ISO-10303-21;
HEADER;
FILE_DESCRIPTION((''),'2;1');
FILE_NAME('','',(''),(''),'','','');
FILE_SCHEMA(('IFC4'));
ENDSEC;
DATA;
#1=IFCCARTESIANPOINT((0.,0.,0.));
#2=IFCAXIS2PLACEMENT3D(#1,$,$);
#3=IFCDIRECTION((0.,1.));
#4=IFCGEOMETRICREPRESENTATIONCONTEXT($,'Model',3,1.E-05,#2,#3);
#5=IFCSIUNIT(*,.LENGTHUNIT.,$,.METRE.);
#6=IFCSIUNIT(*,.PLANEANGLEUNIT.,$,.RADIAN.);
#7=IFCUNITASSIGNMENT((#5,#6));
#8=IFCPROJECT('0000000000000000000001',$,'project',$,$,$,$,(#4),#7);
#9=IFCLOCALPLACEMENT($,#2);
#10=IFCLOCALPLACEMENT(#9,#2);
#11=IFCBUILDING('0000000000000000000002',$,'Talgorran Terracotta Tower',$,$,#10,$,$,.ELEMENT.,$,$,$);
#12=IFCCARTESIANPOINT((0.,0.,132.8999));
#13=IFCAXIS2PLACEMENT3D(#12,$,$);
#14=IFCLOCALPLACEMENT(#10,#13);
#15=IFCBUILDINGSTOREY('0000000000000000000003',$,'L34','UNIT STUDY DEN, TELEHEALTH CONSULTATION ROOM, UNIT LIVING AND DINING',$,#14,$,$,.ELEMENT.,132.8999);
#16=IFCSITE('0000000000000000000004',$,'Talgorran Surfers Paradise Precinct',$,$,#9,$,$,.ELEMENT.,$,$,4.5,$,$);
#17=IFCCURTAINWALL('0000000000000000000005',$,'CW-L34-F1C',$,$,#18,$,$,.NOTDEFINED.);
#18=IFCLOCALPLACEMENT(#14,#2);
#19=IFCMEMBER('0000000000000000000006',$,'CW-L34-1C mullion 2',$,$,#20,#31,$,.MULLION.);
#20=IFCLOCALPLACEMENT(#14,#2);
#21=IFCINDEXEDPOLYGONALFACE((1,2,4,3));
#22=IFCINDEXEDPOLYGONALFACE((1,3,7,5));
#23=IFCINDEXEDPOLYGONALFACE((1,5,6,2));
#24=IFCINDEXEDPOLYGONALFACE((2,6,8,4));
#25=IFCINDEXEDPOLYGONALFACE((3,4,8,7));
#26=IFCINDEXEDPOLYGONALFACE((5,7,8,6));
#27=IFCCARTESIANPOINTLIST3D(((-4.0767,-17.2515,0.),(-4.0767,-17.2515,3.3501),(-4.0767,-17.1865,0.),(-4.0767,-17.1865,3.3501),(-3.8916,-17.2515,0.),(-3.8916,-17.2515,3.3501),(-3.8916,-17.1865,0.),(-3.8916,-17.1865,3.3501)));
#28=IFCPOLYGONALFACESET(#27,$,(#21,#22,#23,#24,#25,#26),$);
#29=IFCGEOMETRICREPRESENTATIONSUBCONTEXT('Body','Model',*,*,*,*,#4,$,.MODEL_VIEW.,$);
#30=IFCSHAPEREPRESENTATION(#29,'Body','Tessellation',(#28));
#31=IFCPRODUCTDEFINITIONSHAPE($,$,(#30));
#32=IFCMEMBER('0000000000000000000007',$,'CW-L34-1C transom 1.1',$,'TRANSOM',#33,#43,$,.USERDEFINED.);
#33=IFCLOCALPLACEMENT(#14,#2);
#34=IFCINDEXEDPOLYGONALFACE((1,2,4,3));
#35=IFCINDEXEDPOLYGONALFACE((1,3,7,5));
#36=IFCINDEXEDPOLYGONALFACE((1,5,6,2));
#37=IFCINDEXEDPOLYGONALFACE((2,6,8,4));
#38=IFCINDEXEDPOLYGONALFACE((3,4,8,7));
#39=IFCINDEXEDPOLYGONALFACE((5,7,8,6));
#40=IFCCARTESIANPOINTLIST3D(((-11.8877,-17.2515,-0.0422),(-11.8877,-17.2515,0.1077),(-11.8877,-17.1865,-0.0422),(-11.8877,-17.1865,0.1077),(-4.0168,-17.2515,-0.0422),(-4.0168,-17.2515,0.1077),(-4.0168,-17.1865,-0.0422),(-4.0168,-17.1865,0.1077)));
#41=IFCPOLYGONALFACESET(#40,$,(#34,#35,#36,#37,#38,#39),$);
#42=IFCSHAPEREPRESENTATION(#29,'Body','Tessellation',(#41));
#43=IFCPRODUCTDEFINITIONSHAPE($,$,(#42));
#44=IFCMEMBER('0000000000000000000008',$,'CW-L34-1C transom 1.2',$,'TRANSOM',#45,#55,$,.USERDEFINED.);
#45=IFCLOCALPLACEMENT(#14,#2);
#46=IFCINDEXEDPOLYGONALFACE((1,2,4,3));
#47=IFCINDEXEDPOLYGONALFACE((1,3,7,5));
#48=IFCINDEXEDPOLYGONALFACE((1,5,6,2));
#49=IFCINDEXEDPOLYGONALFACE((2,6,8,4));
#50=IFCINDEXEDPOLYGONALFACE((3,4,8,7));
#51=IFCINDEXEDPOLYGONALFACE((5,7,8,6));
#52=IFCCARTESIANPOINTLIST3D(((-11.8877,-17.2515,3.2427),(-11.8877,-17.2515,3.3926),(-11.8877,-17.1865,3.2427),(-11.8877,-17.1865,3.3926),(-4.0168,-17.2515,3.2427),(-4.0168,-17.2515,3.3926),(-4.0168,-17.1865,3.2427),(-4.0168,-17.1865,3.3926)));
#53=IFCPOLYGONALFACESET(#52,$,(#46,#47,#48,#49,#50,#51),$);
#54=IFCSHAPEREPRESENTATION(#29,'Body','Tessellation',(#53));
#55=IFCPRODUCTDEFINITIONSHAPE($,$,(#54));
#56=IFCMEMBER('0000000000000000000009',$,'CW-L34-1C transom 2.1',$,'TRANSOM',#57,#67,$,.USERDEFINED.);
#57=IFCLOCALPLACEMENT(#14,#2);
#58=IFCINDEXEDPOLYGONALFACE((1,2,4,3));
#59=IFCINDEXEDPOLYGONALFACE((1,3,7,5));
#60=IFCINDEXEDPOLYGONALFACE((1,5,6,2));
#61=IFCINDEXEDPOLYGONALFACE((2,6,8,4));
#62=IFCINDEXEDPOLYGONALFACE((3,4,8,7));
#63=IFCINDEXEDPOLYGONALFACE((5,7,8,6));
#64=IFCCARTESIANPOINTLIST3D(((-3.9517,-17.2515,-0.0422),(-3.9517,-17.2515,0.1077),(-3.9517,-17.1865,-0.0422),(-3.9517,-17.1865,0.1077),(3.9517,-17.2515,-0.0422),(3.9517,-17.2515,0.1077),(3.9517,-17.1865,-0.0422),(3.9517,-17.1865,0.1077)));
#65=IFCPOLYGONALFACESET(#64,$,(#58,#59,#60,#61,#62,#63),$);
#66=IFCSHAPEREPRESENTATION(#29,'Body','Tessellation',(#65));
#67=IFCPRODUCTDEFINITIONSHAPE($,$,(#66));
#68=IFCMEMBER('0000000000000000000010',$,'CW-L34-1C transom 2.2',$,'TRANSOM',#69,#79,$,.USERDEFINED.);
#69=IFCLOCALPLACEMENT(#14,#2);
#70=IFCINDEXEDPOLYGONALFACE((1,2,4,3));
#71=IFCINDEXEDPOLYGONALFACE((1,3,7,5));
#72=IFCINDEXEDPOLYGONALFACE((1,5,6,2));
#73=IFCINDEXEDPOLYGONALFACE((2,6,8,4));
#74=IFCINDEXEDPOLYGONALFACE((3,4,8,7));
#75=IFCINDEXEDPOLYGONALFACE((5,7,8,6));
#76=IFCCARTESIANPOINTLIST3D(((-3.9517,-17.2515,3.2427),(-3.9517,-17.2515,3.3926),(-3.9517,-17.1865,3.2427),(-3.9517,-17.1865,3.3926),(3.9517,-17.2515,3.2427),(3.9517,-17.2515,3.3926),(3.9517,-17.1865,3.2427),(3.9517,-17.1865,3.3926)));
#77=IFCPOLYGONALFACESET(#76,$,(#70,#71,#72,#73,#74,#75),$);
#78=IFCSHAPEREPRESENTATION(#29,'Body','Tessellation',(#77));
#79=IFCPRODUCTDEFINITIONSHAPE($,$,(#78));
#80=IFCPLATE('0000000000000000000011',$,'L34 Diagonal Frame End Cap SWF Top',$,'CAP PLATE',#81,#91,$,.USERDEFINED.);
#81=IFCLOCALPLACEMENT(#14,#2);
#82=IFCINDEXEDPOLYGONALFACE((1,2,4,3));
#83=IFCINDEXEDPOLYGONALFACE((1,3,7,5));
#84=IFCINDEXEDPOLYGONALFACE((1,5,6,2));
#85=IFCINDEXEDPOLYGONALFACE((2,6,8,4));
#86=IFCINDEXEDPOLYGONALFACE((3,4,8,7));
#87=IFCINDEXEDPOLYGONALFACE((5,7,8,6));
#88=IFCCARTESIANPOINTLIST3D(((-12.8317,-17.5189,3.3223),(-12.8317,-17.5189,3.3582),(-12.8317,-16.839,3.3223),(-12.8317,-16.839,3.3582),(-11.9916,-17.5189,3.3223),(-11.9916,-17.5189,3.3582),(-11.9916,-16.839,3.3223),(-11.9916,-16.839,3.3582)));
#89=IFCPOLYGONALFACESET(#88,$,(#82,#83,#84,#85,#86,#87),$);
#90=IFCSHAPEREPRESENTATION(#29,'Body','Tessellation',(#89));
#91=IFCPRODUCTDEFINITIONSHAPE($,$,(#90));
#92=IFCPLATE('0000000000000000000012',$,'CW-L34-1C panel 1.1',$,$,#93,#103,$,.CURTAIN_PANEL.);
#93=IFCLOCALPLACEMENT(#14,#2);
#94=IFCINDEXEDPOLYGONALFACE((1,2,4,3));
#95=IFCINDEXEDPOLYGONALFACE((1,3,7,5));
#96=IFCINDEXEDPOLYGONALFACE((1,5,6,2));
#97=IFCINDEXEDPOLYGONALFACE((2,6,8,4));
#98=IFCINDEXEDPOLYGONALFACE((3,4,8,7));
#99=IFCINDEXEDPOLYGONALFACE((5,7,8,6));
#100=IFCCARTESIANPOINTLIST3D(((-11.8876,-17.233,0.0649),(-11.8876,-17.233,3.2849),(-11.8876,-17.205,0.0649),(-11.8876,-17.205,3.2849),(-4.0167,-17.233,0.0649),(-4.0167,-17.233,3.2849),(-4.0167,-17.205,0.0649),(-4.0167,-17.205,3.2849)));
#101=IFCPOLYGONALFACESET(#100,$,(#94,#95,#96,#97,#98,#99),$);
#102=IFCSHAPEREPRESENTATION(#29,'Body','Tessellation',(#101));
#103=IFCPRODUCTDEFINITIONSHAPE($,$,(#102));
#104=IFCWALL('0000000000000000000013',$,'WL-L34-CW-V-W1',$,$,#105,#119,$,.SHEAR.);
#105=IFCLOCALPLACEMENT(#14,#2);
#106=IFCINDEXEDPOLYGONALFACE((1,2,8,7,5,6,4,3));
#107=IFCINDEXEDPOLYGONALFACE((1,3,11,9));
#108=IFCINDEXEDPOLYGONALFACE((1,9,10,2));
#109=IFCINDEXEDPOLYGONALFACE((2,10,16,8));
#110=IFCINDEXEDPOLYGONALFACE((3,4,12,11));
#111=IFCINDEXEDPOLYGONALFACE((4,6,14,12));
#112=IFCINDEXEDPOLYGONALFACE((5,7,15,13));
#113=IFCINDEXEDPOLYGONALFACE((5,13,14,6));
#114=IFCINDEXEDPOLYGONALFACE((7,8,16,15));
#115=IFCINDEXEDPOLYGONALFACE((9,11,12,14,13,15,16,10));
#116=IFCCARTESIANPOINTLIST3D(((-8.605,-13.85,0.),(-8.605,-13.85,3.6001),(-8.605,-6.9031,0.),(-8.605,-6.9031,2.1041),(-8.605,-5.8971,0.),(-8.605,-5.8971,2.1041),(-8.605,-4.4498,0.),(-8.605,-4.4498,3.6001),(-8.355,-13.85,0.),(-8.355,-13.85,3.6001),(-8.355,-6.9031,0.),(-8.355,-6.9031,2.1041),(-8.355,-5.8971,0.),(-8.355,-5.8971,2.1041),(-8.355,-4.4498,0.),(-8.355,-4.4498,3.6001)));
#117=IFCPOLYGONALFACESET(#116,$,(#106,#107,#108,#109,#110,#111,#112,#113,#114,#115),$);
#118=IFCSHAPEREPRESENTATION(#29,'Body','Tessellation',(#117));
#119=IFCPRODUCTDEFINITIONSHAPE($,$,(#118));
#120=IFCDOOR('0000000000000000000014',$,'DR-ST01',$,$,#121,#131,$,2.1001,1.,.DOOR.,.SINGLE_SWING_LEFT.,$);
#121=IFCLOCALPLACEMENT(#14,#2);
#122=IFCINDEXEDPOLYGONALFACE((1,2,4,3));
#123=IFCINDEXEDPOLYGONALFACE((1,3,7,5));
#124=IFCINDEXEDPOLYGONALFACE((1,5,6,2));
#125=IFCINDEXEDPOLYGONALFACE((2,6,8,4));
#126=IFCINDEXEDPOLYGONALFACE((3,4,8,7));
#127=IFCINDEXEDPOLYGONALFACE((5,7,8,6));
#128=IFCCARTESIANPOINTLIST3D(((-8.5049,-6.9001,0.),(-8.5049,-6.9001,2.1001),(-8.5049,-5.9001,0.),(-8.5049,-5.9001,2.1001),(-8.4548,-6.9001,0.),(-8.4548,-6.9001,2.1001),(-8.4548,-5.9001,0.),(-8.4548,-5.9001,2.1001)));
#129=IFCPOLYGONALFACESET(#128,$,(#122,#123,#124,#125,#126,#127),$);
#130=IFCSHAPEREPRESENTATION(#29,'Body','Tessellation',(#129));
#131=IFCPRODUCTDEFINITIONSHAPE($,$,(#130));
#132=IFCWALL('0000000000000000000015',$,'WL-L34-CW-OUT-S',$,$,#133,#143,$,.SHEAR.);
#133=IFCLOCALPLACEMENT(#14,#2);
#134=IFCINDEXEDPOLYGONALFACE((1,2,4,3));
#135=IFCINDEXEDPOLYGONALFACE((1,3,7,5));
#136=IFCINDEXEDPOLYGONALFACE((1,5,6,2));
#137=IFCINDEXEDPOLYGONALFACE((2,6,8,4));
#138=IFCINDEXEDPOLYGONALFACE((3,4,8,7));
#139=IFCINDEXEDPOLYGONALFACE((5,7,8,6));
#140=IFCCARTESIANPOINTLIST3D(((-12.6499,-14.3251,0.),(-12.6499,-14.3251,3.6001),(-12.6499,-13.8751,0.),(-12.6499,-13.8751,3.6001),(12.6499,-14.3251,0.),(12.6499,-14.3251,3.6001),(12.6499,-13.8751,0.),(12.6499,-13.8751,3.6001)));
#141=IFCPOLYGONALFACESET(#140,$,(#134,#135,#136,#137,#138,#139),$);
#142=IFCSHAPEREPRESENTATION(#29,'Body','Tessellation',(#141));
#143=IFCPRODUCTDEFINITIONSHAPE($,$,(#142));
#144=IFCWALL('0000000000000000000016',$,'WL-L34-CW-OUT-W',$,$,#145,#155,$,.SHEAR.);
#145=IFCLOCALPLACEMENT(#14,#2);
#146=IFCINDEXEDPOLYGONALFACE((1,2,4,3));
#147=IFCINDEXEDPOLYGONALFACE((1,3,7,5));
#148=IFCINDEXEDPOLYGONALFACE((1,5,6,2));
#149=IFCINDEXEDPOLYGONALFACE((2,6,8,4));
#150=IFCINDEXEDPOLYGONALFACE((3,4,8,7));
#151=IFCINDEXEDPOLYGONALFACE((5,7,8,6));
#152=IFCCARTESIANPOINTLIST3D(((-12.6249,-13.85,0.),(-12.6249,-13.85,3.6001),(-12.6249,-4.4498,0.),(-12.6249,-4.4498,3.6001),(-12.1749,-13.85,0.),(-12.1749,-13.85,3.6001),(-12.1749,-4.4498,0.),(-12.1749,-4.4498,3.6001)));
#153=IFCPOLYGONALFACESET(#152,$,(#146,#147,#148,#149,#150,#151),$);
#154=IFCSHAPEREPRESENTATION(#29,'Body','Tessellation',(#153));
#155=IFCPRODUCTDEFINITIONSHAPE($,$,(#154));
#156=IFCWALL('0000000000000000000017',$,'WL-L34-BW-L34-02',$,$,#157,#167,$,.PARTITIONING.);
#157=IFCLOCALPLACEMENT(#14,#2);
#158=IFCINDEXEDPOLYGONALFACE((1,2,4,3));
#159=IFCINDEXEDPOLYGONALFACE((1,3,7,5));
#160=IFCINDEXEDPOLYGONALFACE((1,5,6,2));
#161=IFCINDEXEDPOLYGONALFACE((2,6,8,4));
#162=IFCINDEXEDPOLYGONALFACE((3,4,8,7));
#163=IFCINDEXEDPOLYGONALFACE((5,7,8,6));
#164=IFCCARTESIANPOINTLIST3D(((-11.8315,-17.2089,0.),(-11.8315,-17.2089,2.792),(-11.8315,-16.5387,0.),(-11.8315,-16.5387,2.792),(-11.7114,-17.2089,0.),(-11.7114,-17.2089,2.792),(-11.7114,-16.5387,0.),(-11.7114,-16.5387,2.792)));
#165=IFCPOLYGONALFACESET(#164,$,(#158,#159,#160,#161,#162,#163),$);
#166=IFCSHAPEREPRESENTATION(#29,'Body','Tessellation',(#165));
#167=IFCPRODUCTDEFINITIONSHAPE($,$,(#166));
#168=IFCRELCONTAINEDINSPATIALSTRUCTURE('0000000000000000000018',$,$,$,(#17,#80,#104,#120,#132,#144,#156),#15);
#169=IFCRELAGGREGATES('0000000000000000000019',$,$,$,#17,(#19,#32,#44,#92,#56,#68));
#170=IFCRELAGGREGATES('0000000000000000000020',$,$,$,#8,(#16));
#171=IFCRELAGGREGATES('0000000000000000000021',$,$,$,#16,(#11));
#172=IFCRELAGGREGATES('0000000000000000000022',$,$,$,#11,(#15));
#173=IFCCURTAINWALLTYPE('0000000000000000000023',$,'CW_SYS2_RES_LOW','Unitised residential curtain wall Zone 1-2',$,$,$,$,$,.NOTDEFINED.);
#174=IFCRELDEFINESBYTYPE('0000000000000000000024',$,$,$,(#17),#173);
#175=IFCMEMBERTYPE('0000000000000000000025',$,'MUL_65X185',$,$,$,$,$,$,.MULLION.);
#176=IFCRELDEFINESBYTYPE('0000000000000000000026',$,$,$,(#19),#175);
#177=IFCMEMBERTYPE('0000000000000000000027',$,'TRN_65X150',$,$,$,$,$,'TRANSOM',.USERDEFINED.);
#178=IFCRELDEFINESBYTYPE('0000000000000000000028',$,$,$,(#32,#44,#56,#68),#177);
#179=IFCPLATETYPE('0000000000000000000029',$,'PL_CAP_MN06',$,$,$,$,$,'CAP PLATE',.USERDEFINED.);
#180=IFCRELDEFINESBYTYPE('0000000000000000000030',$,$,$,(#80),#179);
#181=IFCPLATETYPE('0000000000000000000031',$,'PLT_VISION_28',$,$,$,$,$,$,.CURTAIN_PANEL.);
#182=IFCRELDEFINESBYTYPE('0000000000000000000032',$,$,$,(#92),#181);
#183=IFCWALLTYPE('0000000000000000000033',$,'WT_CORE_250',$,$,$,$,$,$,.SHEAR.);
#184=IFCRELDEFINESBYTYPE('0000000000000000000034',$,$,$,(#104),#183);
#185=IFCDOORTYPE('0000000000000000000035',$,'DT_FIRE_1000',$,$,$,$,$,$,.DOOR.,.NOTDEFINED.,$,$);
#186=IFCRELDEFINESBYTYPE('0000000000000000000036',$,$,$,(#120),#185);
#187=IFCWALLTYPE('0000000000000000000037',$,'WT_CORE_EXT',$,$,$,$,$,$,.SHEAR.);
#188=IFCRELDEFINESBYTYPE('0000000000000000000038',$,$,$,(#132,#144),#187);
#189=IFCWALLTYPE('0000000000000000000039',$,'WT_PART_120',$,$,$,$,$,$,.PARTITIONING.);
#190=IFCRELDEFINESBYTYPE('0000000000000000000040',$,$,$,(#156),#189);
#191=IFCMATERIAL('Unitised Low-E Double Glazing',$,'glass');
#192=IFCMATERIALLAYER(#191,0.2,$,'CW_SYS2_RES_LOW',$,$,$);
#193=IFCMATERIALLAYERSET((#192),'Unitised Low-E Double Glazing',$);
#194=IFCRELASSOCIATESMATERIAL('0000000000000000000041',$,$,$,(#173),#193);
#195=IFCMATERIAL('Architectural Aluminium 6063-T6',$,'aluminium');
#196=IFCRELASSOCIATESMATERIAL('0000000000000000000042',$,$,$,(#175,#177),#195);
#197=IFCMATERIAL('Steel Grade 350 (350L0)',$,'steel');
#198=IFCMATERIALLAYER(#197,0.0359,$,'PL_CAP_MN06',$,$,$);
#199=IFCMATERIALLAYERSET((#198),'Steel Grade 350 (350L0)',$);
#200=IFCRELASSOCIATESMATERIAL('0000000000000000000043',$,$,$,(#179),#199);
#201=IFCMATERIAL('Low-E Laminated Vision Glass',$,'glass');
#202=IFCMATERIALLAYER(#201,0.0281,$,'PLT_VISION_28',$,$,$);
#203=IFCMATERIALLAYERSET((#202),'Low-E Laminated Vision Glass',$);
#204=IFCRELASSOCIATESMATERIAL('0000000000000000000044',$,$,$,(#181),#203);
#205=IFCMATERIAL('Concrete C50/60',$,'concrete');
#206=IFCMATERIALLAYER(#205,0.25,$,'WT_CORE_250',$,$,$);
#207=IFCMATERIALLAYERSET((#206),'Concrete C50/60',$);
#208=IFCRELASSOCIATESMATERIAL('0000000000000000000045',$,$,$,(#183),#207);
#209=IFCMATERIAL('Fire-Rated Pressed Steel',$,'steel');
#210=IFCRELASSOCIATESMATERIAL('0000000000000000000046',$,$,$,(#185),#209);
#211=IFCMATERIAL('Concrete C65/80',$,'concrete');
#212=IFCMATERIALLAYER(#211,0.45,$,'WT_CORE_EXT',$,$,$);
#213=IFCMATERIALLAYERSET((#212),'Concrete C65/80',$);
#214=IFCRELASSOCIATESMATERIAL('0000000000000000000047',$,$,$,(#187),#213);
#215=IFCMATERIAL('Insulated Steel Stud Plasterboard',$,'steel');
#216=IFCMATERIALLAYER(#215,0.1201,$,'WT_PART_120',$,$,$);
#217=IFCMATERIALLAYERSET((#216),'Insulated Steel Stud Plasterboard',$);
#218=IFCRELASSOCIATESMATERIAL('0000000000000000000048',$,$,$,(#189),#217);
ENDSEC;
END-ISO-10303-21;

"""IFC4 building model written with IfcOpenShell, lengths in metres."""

from ifc_helpers import new_model, si_unit, direction, frame, frame_2d, origin, origin_2d, place, context, subcontext, project, spatial, rectangle, extrude, source, transform, mapped, material, layer, layer_set, material_profile, profile_set, type_object, type_shapes, element, fill, aggregate, save


model = new_model("IFC4")

# Units and contexts
model_context = context("Model", 3, precision=1e-05, world=origin(), true_north=direction((0.0, 1.0)))
body_context = subcontext(model_context, "Body", "Model", "MODEL_VIEW")
ifc_project = project(units=[si_unit("LENGTHUNIT", "METRE"), si_unit("PLANEANGLEUNIT", "RADIAN")], contexts=[model_context])

# Site, building, storey
site_placement = place(None, origin())
site = spatial("IfcSite", under=ifc_project, at=site_placement, Name="Talgorran Surfers Paradise Precinct", CompositionType="ELEMENT", RefElevation=4.5)
building_placement = place(site_placement, origin())
building = spatial("IfcBuilding", under=site, at=building_placement, Name="Talgorran Terracotta Tower", CompositionType="ELEMENT")
storey_placement = place(building_placement, frame((0.0, 0.0, 132.8999)))
storey = spatial("IfcBuildingStorey", under=building, at=storey_placement, Name="L34", Description="UNIT STUDY DEN, TELEHEALTH CONSULTATION ROOM, UNIT LIVING AND DINING", CompositionType="ELEMENT", Elevation=132.8999)

# Shared definitions
ifc_material_1 = material(Name="Steel Grade 350 (350L0)", Category="steel")

# Shared definitions
ifc_material_2 = material(Name="Unitised Low-E Double Glazing", Category="glass")
ifc_layer_1 = layer(ifc_material_2, 0.2, Name="CW_SYS2_RES_LOW")
ifc_layer_set_1 = layer_set([ifc_layer_1], Name="Unitised Low-E Double Glazing")
curtain_wall_type = type_object("IfcCurtainWallType", Name="CW_SYS2_RES_LOW", Description="Unitised residential curtain wall Zone 1-2", PredefinedType="NOTDEFINED", material=ifc_layer_set_1)
ifc_material_3 = material(Name="Architectural Aluminium 6063-T6", Category="aluminium")
ifc_material_profile_1 = material_profile(ifc_material_3, rectangle(XDim=0.0649, YDim=0.1851, at=origin_2d()), Name="CWM65X185")
ifc_profile_set_1 = profile_set([ifc_material_profile_1], Name="Architectural Aluminium 6063-T6")
member_type_1 = type_object("IfcMemberType", Name="MUL_65X185", PredefinedType="MULLION", material=ifc_profile_set_1)

# Curtain wall, members
curtain_wall_1_placement = place(storey_placement, origin())
curtain_wall_1 = element("IfcCurtainWall", 1, at=curtain_wall_1_placement, inside=storey, type_object=curtain_wall_type, Name="CW-L34-F1C", PredefinedType="NOTDEFINED")
member_1_placement = place(storey_placement, frame((-3.9841, -17.219, 0.0), z_axis=(0.0, 0.0, 1.0), x_axis=(0.0, 1.0, 0.0)))
member_1 = element("IfcMember", 2, at=member_1_placement, type_object=member_type_1, Name="CW-L34-1C mullion 2", PredefinedType="MULLION", context=body_context, shape_type="SweptSolid", body=[
    extrude(rectangle(XDim=0.0649, YDim=0.1851, at=origin_2d()), origin(), (0.0, 0.0, 1.0), 3.3501),
])
ifc_material_profile_2 = material_profile(ifc_material_3, rectangle(XDim=0.0649, YDim=0.1499, at=origin_2d()), Name="CWT65X150")
ifc_profile_set_2 = profile_set([ifc_material_profile_2], Name="Architectural Aluminium 6063-T6")
member_type_2 = type_object("IfcMemberType", Name="TRN_65X150", ElementType="TRANSOM", PredefinedType="USERDEFINED", material=ifc_profile_set_2)
member_2_placement = place(storey_placement, frame((-11.8877, -17.219, 0.0327), z_axis=(1.0, 0.0, 0.0), x_axis=(0.0, 1.0, 0.0)))
member_2 = element("IfcMember", 3, at=member_2_placement, type_object=member_type_2, Name="CW-L34-1C transom 1.1", ObjectType="TRANSOM", PredefinedType="USERDEFINED", context=body_context, shape_type="SweptSolid", body=[
    extrude(rectangle(XDim=0.0649, YDim=0.1499, at=origin_2d()), origin(), (0.0, 0.0, 1.0), 7.8708),
])
member_3_placement = place(storey_placement, frame((-11.8877, -17.219, 3.3176), z_axis=(1.0, 0.0, 0.0), x_axis=(0.0, 1.0, 0.0)))
member_3 = element("IfcMember", 4, at=member_3_placement, type_object=member_type_2, Name="CW-L34-1C transom 1.2", ObjectType="TRANSOM", PredefinedType="USERDEFINED", context=body_context, shape_type="SweptSolid", body=[
    extrude(rectangle(XDim=0.0649, YDim=0.1499, at=origin_2d()), origin(), (0.0, 0.0, 1.0), 7.8708),
])
member_4_placement = place(storey_placement, frame((-3.9517, -17.219, 0.0327), z_axis=(1.0, 0.0, 0.0), x_axis=(0.0, 1.0, 0.0)))
member_4 = element("IfcMember", 5, at=member_4_placement, type_object=member_type_2, Name="CW-L34-1C transom 2.1", ObjectType="TRANSOM", PredefinedType="USERDEFINED", context=body_context, shape_type="SweptSolid", body=[
    extrude(rectangle(XDim=0.0649, YDim=0.1499, at=origin_2d()), origin(), (0.0, 0.0, 1.0), 7.9033),
])
member_5_placement = place(storey_placement, frame((-3.9517, -17.219, 3.3176), z_axis=(1.0, 0.0, 0.0), x_axis=(0.0, 1.0, 0.0)))
member_5 = element("IfcMember", 6, at=member_5_placement, type_object=member_type_2, Name="CW-L34-1C transom 2.2", ObjectType="TRANSOM", PredefinedType="USERDEFINED", context=body_context, shape_type="SweptSolid", body=[
    extrude(rectangle(XDim=0.0649, YDim=0.1499, at=origin_2d()), origin(), (0.0, 0.0, 1.0), 7.9033),
])

# Plates
ifc_layer_2 = layer(ifc_material_1, 0.0359, Name="PL_CAP_MN06")
ifc_layer_set_2 = layer_set([ifc_layer_2], Name="Steel Grade 350 (350L0)")
plate_type_1 = type_object("IfcPlateType", Name="PL_CAP_MN06", ElementType="CAP PLATE", PredefinedType="USERDEFINED", material=ifc_layer_set_2)
plate_1_placement = place(storey_placement, frame((-12.4116, -17.179, 3.3223), z_axis=(0.0, 0.0, 1.0), x_axis=(1.0, 0.0, 0.0)))
element("IfcPlate", 7, at=plate_1_placement, inside=storey, type_object=plate_type_1, Name="L34 Diagonal Frame End Cap SWF Top", ObjectType="CAP PLATE", PredefinedType="USERDEFINED", context=body_context, shape_type="SweptSolid", body=[
    extrude(rectangle(XDim=0.8401, YDim=0.6799, at=origin_2d()), origin(), (0.0, 0.0, 1.0), 0.0359),
])
ifc_material_4 = material(Name="Low-E Laminated Vision Glass", Category="glass")
ifc_layer_3 = layer(ifc_material_4, 0.0281, Name="PLT_VISION_28")
ifc_layer_set_3 = layer_set([ifc_layer_3], Name="Low-E Laminated Vision Glass")
plate_type_2 = type_object("IfcPlateType", Name="PLT_VISION_28", PredefinedType="CURTAIN_PANEL", material=ifc_layer_set_3)
shared_shape = source(origin(), body_context, "Body", "SweptSolid", [
    extrude(rectangle(XDim=7.8708, YDim=0.0281, at=origin_2d()), origin(), (0.0, 0.0, 1.0), 3.22),
])
type_shapes(plate_type_2, [shared_shape])
plate_2_placement = place(storey_placement, frame((-7.9521, -17.219, 0.0649), z_axis=(0.0, 0.0, 1.0), x_axis=(1.0, 0.0, 0.0)))
plate_2 = element("IfcPlate", 8, at=plate_2_placement, type_object=plate_type_2, Name="CW-L34-1C panel 1.1", PredefinedType="CURTAIN_PANEL", context=body_context, shape_type="MappedRepresentation", body=[
    mapped(shared_shape, transform((0.0, 0.0, 0.0), scale=1.0)),
])
aggregate(curtain_wall_1, [member_1, member_2, member_3, plate_2, member_4, member_5])

# Wall, opening, door
ifc_material_5 = material(Name="Concrete C50/60", Category="concrete")
ifc_layer_4 = layer(ifc_material_5, 0.25, Name="WT_CORE_250")
ifc_layer_set_4 = layer_set([ifc_layer_4], Name="Concrete C50/60")
wall_type_1 = type_object("IfcWallType", Name="WT_CORE_250", PredefinedType="SHEAR", material=ifc_layer_set_4)
wall_1_placement = place(storey_placement, frame((-8.48, -13.8501, 0.0), z_axis=(0.0, 0.0, 1.0), x_axis=(0.0, 1.0, 0.0)))
wall_1 = element("IfcWall", 9, at=wall_1_placement, inside=storey, type_object=wall_type_1, Name="WL-L34-CW-V-W1", PredefinedType="SHEAR", context=body_context, shape_type="SweptSolid", body=[
    extrude(rectangle(XDim=9.4001, YDim=0.25, at=frame_2d((4.7002, 0.0))), origin(), (0.0, 0.0, 1.0), 3.6001),
])
opening_placement = place(wall_1_placement, frame((6.95, 0.0, 0.0)))
opening = element("IfcOpeningElement", 10, at=opening_placement, cuts=wall_1, PredefinedType="OPENING", context=body_context, shape_type="SweptSolid", body=[
    extrude(rectangle(XDim=1.006, YDim=2.1041, at=frame_2d((0.5, 1.052))), frame((0.0, 0.135, 0.0), z_axis=(0.0, -1.0, 0.0), x_axis=(1.0, 0.0, 0.0)), (0.0, 0.0, 1.0), 0.27),
])
ifc_material_6 = material(Name="Fire-Rated Pressed Steel", Category="steel")
door_type = type_object("IfcDoorType", Name="DT_FIRE_1000", OperationType="NOTDEFINED", PredefinedType="DOOR", material=ifc_material_6)
door_placement = place(opening_placement, origin())
door = element("IfcDoor", 11, at=door_placement, inside=storey, type_object=door_type, Name="DR-ST01", OperationType="SINGLE_SWING_LEFT", OverallHeight=2.1001, OverallWidth=1.0, PredefinedType="DOOR", context=body_context, shape_type="SweptSolid", body=[
    extrude(rectangle(XDim=1.0, YDim=2.1001, at=frame_2d((0.5, 1.05))), frame((0.0, 0.0249, 0.0), z_axis=(0.0, -1.0, 0.0), x_axis=(1.0, 0.0, 0.0)), (0.0, 0.0, 1.0), 0.05),
])
fill(opening, door)

# Walls
ifc_material_7 = material(Name="Concrete C65/80", Category="concrete")
ifc_layer_5 = layer(ifc_material_7, 0.45, Name="WT_CORE_EXT")
ifc_layer_set_5 = layer_set([ifc_layer_5], Name="Concrete C65/80")
wall_type_2 = type_object("IfcWallType", Name="WT_CORE_EXT", PredefinedType="SHEAR", material=ifc_layer_set_5)
wall_2_placement = place(storey_placement, frame((-12.6499, -14.1001, 0.0), z_axis=(0.0, 0.0, 1.0), x_axis=(1.0, 0.0, 0.0)))
element("IfcWall", 12, at=wall_2_placement, inside=storey, type_object=wall_type_2, Name="WL-L34-CW-OUT-S", PredefinedType="SHEAR", context=body_context, shape_type="SweptSolid", body=[
    extrude(rectangle(XDim=25.2998, YDim=0.45, at=frame_2d((12.6499, 0.0))), origin(), (0.0, 0.0, 1.0), 3.6001),
])
wall_3_placement = place(storey_placement, frame((-12.3999, -13.8501, 0.0), z_axis=(0.0, 0.0, 1.0), x_axis=(0.0, 1.0, 0.0)))
element("IfcWall", 13, at=wall_3_placement, inside=storey, type_object=wall_type_2, Name="WL-L34-CW-OUT-W", PredefinedType="SHEAR", context=body_context, shape_type="SweptSolid", body=[
    extrude(rectangle(XDim=9.4001, YDim=0.45, at=frame_2d((4.7002, 0.0))), origin(), (0.0, 0.0, 1.0), 3.6001),
])
ifc_material_8 = material(Name="Insulated Steel Stud Plasterboard", Category="steel")
ifc_layer_6 = layer(ifc_material_8, 0.1201, Name="WT_PART_120")
ifc_layer_set_6 = layer_set([ifc_layer_6], Name="Insulated Steel Stud Plasterboard")
wall_type_3 = type_object("IfcWallType", Name="WT_PART_120", PredefinedType="PARTITIONING", material=ifc_layer_set_6)
wall_4_placement = place(storey_placement, frame((-11.7715, -16.5388, 0.0), z_axis=(0.0, 0.0, 1.0), x_axis=(0.0, -1.0, 0.0)))
element("IfcWall", 14, at=wall_4_placement, inside=storey, type_object=wall_type_3, Name="WL-L34-BW-L34-02", PredefinedType="PARTITIONING", context=body_context, shape_type="SweptSolid", body=[
    extrude(rectangle(XDim=0.6702, YDim=0.1201, at=frame_2d((0.335, 0.0))), origin(), (0.0, 0.0, 1.0), 2.792),
])

save(model, "model.ifc")
